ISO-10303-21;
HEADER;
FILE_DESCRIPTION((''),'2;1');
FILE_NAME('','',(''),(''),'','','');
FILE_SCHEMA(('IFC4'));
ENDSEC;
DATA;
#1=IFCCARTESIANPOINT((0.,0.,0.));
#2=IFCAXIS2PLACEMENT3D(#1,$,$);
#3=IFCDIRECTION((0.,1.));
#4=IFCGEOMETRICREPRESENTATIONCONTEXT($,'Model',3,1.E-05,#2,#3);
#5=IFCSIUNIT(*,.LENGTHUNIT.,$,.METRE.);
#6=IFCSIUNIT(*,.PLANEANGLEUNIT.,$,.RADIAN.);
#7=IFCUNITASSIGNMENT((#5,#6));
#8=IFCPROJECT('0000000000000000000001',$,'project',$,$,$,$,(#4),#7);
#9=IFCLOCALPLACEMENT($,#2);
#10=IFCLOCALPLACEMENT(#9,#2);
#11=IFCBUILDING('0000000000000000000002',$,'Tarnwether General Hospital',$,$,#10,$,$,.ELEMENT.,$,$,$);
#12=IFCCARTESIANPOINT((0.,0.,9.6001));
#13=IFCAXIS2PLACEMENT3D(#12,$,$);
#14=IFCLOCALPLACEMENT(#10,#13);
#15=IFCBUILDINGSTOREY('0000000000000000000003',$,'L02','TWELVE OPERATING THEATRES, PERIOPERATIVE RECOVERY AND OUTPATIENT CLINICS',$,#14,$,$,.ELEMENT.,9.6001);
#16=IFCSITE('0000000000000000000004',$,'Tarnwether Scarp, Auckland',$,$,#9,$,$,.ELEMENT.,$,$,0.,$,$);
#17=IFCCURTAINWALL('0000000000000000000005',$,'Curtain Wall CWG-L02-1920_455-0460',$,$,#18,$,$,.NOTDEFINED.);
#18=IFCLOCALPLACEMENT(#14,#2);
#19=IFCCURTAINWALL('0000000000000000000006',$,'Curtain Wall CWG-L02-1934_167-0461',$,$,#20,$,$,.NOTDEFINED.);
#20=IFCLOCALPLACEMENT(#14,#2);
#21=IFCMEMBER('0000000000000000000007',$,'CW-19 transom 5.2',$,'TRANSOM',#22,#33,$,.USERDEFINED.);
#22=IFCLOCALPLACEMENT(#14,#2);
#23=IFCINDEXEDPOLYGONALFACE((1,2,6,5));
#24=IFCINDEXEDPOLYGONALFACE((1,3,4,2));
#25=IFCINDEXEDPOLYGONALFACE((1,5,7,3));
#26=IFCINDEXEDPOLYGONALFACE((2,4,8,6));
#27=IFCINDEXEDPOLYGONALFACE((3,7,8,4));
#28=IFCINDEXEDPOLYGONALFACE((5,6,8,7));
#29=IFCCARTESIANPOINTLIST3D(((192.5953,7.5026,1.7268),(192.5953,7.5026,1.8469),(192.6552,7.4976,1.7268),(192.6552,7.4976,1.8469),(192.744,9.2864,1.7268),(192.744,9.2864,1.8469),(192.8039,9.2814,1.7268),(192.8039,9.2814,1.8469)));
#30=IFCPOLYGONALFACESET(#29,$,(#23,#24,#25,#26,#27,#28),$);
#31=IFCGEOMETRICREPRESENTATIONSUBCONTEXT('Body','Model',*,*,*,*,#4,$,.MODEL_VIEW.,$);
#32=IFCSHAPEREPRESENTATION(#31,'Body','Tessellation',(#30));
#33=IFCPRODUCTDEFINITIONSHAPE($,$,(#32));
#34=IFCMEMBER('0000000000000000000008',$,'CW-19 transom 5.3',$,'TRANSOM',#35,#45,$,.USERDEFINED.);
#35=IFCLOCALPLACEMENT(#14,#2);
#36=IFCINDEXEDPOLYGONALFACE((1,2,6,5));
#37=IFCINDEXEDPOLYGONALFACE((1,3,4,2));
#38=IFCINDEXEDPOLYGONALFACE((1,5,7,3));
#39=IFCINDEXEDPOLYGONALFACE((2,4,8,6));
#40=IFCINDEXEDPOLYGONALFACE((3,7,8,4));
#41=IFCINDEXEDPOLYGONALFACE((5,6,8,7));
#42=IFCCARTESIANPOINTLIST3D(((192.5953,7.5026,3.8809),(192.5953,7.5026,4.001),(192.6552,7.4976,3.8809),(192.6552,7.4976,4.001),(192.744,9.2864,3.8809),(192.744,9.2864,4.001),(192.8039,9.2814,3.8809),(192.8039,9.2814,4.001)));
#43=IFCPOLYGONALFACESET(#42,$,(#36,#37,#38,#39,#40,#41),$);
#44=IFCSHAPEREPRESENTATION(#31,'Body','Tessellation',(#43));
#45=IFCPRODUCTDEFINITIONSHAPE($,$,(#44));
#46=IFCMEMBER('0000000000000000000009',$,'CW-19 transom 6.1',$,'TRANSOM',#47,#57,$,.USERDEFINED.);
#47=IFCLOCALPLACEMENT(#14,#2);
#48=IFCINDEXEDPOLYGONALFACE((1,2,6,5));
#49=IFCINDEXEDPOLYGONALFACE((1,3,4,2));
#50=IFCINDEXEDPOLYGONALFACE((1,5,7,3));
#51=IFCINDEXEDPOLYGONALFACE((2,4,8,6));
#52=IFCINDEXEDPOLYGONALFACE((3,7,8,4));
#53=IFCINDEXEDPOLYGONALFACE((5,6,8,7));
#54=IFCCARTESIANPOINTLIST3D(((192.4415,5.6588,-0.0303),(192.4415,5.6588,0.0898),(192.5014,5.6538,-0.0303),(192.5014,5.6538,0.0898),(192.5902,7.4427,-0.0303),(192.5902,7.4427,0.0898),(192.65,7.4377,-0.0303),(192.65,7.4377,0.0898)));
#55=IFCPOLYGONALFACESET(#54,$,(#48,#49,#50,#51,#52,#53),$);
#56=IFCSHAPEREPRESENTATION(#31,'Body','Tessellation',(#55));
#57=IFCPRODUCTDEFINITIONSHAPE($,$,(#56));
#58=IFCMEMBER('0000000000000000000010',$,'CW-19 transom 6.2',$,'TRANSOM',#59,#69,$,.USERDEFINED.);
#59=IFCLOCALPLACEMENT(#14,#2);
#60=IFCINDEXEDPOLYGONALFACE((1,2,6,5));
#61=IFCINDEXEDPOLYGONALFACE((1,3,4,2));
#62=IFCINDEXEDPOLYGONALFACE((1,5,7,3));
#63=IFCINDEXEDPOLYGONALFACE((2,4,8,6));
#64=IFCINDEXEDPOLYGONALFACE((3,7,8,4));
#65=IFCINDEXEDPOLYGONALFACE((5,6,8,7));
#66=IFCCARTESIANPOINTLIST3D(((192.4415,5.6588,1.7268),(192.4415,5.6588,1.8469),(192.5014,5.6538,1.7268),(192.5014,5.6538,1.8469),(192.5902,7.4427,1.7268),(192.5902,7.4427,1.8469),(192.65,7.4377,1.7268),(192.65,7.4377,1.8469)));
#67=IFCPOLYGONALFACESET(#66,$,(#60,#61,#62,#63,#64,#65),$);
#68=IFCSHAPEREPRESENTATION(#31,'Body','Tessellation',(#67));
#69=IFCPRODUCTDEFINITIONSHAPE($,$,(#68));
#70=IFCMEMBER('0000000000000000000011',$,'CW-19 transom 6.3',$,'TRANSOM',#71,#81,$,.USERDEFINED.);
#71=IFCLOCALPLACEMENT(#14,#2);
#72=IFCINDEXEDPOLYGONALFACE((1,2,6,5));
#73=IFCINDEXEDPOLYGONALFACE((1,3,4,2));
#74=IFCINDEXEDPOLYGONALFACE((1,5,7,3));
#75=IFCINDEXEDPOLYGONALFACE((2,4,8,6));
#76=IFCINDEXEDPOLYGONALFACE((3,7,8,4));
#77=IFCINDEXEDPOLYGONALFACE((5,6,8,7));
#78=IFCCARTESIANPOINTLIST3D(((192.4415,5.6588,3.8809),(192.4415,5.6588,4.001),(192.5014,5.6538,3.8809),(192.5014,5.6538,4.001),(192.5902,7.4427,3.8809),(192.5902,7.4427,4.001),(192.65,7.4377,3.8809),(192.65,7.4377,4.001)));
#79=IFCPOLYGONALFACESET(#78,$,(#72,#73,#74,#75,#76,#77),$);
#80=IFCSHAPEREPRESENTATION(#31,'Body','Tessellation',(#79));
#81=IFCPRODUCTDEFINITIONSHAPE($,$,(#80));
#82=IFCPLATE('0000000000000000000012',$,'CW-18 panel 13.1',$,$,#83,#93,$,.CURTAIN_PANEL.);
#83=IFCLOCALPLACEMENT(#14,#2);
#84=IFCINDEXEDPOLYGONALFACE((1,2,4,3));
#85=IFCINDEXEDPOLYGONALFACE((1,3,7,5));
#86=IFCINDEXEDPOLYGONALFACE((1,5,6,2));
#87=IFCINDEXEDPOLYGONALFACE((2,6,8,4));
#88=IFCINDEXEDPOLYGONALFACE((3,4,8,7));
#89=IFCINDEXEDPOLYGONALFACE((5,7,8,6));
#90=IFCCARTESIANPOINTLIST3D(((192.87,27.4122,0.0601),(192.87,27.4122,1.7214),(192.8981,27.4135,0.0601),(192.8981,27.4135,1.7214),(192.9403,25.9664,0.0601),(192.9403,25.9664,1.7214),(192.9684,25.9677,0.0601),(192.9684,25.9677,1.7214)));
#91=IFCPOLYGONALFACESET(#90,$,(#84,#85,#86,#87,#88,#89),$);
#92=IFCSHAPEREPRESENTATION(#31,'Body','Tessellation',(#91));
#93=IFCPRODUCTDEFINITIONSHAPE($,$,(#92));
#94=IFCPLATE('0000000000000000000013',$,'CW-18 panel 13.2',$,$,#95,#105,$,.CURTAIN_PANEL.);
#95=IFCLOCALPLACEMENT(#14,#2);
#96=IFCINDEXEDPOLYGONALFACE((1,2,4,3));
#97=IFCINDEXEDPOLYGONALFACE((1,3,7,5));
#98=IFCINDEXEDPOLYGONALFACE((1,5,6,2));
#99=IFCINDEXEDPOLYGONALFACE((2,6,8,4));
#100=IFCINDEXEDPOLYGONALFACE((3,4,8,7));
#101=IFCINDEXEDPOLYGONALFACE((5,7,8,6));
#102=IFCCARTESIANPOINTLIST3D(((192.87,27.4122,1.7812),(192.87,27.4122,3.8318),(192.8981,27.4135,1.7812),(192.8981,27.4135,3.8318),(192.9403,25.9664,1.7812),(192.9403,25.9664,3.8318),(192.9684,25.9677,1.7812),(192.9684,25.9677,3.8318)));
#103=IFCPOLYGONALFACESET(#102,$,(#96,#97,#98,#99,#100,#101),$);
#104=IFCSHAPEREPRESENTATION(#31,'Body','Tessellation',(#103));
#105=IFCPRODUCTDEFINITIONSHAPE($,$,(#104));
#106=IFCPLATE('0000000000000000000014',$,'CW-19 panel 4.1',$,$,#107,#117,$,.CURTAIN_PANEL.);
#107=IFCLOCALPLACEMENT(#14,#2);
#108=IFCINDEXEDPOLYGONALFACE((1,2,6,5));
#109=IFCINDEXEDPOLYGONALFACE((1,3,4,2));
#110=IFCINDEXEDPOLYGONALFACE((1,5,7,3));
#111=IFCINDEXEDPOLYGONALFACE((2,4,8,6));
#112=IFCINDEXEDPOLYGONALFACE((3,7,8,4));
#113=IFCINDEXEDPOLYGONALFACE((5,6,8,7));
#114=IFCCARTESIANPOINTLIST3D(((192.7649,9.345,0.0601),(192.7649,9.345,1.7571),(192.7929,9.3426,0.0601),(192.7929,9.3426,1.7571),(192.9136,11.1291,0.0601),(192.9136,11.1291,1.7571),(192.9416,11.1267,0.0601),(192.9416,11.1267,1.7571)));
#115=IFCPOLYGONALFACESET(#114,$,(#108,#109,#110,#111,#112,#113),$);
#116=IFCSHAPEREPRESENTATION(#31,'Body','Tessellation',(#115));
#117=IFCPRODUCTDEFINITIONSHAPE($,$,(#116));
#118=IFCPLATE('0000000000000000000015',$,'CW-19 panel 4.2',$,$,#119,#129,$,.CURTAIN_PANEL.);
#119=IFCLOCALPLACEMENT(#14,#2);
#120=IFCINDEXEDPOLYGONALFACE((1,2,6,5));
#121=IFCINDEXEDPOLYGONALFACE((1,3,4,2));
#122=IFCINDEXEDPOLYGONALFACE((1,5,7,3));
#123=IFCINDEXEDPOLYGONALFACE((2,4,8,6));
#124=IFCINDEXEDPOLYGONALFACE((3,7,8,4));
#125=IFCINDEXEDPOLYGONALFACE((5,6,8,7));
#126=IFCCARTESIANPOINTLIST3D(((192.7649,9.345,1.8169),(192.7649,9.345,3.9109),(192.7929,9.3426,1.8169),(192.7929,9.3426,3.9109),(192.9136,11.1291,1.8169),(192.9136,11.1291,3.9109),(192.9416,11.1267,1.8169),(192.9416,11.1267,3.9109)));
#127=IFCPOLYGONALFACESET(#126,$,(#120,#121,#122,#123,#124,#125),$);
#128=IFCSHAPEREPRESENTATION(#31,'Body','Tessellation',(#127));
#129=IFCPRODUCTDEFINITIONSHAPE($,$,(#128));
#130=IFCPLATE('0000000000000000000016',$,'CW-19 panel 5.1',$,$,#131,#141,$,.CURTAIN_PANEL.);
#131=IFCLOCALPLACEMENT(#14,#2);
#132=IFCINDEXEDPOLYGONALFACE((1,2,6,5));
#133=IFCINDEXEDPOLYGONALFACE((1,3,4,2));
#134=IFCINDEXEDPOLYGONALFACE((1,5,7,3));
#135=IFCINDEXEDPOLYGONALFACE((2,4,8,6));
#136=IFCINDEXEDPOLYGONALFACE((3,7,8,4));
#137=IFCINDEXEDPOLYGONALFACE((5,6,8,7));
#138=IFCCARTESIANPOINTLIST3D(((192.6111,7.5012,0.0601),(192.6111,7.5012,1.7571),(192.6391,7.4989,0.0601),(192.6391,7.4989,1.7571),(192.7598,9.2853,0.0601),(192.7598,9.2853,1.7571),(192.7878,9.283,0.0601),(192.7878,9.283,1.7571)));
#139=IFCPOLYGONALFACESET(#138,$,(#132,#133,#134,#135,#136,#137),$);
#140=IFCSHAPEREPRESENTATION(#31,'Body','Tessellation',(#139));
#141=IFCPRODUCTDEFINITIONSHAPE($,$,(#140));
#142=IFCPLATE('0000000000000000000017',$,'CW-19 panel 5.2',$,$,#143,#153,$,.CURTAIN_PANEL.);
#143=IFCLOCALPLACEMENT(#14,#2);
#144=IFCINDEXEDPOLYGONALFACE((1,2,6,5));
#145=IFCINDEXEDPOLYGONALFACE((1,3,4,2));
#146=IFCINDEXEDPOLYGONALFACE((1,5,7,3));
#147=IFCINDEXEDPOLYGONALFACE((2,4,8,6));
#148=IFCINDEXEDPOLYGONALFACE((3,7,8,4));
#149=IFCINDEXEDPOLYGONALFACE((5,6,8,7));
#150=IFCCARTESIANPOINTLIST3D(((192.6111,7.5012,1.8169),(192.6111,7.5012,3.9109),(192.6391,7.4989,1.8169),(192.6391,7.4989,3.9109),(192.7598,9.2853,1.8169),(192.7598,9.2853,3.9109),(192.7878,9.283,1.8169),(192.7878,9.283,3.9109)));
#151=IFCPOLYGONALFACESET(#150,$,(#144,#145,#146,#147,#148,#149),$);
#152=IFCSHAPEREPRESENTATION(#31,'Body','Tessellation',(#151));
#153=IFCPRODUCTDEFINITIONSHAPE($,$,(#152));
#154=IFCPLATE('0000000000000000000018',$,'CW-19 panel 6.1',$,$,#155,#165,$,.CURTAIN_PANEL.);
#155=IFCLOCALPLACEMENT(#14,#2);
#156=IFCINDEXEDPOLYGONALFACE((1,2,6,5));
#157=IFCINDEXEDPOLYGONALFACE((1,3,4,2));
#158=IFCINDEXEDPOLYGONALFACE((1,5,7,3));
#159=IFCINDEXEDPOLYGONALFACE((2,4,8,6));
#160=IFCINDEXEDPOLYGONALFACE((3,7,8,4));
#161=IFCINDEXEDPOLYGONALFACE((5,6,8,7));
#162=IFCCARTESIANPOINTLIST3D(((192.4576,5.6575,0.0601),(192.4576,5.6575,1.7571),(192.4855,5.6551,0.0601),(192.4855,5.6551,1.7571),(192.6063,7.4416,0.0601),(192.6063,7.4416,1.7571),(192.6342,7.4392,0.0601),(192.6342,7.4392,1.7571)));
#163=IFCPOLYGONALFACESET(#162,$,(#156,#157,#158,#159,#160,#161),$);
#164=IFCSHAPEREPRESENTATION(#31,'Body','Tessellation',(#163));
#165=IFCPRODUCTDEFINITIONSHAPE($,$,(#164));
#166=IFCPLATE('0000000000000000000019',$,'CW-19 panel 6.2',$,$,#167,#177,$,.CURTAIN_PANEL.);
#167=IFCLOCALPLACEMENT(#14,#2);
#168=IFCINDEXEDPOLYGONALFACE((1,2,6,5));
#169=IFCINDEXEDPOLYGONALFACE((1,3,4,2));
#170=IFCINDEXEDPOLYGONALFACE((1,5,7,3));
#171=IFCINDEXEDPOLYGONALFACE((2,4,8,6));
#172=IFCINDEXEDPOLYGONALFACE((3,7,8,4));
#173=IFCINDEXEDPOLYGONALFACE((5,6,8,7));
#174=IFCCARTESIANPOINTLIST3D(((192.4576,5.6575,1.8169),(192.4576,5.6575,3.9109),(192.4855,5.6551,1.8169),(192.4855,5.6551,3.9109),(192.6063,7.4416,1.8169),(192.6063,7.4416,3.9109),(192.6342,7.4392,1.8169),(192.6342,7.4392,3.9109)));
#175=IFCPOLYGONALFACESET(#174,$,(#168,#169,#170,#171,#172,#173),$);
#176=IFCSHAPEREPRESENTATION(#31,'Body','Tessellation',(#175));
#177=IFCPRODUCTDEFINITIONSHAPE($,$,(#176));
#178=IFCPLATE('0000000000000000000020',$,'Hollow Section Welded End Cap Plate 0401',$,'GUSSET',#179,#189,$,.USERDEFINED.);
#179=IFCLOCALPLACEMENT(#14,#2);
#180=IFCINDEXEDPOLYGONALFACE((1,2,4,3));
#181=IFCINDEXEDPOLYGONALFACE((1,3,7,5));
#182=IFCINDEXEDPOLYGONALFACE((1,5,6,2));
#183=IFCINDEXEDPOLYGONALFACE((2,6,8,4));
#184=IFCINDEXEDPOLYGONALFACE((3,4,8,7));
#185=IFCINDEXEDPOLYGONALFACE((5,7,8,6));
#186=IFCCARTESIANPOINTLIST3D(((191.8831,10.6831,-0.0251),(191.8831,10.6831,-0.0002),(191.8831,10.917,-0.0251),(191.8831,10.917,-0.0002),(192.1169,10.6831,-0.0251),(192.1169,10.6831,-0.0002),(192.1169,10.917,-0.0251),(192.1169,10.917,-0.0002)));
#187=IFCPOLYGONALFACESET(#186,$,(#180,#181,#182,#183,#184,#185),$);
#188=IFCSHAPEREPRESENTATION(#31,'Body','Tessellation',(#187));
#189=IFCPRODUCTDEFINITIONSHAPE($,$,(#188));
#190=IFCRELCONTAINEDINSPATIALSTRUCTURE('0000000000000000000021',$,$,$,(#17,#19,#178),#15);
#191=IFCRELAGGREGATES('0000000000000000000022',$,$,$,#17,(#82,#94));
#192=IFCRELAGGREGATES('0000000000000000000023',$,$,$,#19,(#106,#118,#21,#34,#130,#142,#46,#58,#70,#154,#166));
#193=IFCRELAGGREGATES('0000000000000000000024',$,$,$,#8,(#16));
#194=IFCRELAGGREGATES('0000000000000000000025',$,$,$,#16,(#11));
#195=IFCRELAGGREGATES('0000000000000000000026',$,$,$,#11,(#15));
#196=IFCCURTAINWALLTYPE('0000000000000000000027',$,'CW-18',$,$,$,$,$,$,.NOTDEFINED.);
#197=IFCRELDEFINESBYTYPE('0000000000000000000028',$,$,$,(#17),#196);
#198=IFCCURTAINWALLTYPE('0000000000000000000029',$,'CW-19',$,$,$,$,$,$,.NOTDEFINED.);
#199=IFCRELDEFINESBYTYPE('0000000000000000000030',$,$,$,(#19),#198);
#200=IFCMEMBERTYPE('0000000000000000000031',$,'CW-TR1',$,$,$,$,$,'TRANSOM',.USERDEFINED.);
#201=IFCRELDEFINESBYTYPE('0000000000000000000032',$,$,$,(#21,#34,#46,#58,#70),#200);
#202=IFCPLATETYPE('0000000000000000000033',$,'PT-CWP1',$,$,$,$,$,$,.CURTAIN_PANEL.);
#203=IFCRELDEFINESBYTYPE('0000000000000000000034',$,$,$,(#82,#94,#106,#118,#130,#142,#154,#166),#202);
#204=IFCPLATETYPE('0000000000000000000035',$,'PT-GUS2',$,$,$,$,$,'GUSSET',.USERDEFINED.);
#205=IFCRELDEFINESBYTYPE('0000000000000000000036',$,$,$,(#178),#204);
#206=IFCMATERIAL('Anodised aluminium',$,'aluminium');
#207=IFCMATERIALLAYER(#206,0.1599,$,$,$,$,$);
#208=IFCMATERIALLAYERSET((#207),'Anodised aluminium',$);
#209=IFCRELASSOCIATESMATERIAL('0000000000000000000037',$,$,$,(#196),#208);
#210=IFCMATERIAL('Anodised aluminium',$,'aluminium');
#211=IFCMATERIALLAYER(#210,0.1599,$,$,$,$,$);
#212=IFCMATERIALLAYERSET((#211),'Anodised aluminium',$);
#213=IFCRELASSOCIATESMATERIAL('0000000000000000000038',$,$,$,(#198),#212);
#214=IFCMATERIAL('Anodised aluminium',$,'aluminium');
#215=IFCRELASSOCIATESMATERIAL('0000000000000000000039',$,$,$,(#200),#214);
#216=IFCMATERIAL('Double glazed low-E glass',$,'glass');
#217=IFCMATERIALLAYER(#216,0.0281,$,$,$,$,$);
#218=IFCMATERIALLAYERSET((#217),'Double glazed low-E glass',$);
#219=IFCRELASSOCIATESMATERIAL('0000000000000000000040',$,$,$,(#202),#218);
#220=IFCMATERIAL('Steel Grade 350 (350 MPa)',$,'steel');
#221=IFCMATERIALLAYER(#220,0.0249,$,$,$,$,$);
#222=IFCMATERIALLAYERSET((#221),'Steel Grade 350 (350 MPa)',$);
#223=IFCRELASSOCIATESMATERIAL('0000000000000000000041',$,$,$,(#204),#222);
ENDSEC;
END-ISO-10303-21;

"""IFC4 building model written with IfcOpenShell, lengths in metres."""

from ifc_helpers import new_model, si_unit, direction, frame, origin, origin_2d, place, context, subcontext, project, spatial, rectangle, extrude, material, layer, layer_set, material_profile, profile_set, type_object, element, aggregate, save


model = new_model("IFC4")

# Units and contexts
model_context = context("Model", 3, precision=1e-05, world=origin(), true_north=direction((0.0, 1.0)))
body_context = subcontext(model_context, "Body", "Model", "MODEL_VIEW")
ifc_project = project(units=[si_unit("LENGTHUNIT", "METRE"), si_unit("PLANEANGLEUNIT", "RADIAN")], contexts=[model_context])

# Site, building, storey
site_placement = place(None, origin())
site = spatial("IfcSite", under=ifc_project, at=site_placement, Name="Tarnwether Scarp, Auckland", CompositionType="ELEMENT", RefElevation=0.0)
building_placement = place(site_placement, origin())
building = spatial("IfcBuilding", under=site, at=building_placement, Name="Tarnwether General Hospital", CompositionType="ELEMENT")
storey_placement = place(building_placement, frame((0.0, 0.0, 9.6001)))
storey = spatial("IfcBuildingStorey", under=building, at=storey_placement, Name="L02", Description="TWELVE OPERATING THEATRES, PERIOPERATIVE RECOVERY AND OUTPATIENT CLINICS", CompositionType="ELEMENT", Elevation=9.6001)

# Curtain wall
ifc_material_1 = material(Name="Anodised aluminium", Category="aluminium")
ifc_layer_1 = layer(ifc_material_1, 0.1599)
ifc_layer_set_1 = layer_set([ifc_layer_1], Name="Anodised aluminium")
curtain_wall_type_1 = type_object("IfcCurtainWallType", Name="CW-18", PredefinedType="NOTDEFINED", material=ifc_layer_set_1)
curtain_wall_1_placement = place(storey_placement, origin())
curtain_wall_1 = element("IfcCurtainWall", 1, at=curtain_wall_1_placement, inside=storey, type_object=curtain_wall_type_1, Name="Curtain Wall CWG-L02-1920_455-0460", PredefinedType="NOTDEFINED")

# Curtain wall
ifc_material_2 = material(Name="Anodised aluminium", Category="aluminium")
ifc_layer_2 = layer(ifc_material_2, 0.1599)
ifc_layer_set_2 = layer_set([ifc_layer_2], Name="Anodised aluminium")
curtain_wall_type_2 = type_object("IfcCurtainWallType", Name="CW-19", PredefinedType="NOTDEFINED", material=ifc_layer_set_2)
curtain_wall_2_placement = place(storey_placement, origin())
curtain_wall_2 = element("IfcCurtainWall", 2, at=curtain_wall_2_placement, inside=storey, type_object=curtain_wall_type_2, Name="Curtain Wall CWG-L02-1934_167-0461", PredefinedType="NOTDEFINED")

# Members
ifc_material_3 = material(Name="Anodised aluminium", Category="aluminium")
ifc_material_profile_1 = material_profile(ifc_material_3, rectangle(XDim=0.0601, YDim=0.1201, at=origin_2d()), Name="ALU-TRN-60x120")
ifc_profile_set_1 = profile_set([ifc_material_profile_1], Name="Anodised aluminium")
member_type_1 = type_object("IfcMemberType", Name="CW-TR1", ElementType="TRANSOM", PredefinedType="USERDEFINED", material=ifc_profile_set_1)
member_1_placement = place(storey_placement, frame((192.7739, 9.2839, 1.7869), z_axis=(-0.083057, -0.996545, 0.0), x_axis=(0.996545, -0.083057, 0.0)))
member_1 = element("IfcMember", 3, at=member_1_placement, type_object=member_type_1, Name="CW-19 transom 5.2", ObjectType="TRANSOM", PredefinedType="USERDEFINED", context=body_context, shape_type="SweptSolid", body=[
    extrude(rectangle(XDim=0.0601, YDim=0.1201, at=origin_2d()), origin(), (0.0, 0.0, 1.0), 1.79),
])
member_2_placement = place(storey_placement, frame((192.7739, 9.2839, 3.9409), z_axis=(-0.083057, -0.996545, 0.0), x_axis=(0.996545, -0.083057, 0.0)))
member_2 = element("IfcMember", 4, at=member_2_placement, type_object=member_type_1, Name="CW-19 transom 5.3", ObjectType="TRANSOM", PredefinedType="USERDEFINED", context=body_context, shape_type="SweptSolid", body=[
    extrude(rectangle(XDim=0.0601, YDim=0.1201, at=origin_2d()), origin(), (0.0, 0.0, 1.0), 1.79),
])
member_3_placement = place(storey_placement, frame((192.6201, 7.4402, 0.0298), z_axis=(-0.083057, -0.996545, 0.0), x_axis=(0.996545, -0.083057, 0.0)))
member_3 = element("IfcMember", 5, at=member_3_placement, type_object=member_type_1, Name="CW-19 transom 6.1", ObjectType="TRANSOM", PredefinedType="USERDEFINED", context=body_context, shape_type="SweptSolid", body=[
    extrude(rectangle(XDim=0.0601, YDim=0.1201, at=origin_2d()), origin(), (0.0, 0.0, 1.0), 1.79),
])
member_4_placement = place(storey_placement, frame((192.6201, 7.4402, 1.7869), z_axis=(-0.083057, -0.996545, 0.0), x_axis=(0.996545, -0.083057, 0.0)))
member_4 = element("IfcMember", 6, at=member_4_placement, type_object=member_type_1, Name="CW-19 transom 6.2", ObjectType="TRANSOM", PredefinedType="USERDEFINED", context=body_context, shape_type="SweptSolid", body=[
    extrude(rectangle(XDim=0.0601, YDim=0.1201, at=origin_2d()), origin(), (0.0, 0.0, 1.0), 1.79),
])
member_5_placement = place(storey_placement, frame((192.6201, 7.4402, 3.9409), z_axis=(-0.083057, -0.996545, 0.0), x_axis=(0.996545, -0.083057, 0.0)))
member_5 = element("IfcMember", 7, at=member_5_placement, type_object=member_type_1, Name="CW-19 transom 6.3", ObjectType="TRANSOM", PredefinedType="USERDEFINED", context=body_context, shape_type="SweptSolid", body=[
    extrude(rectangle(XDim=0.0601, YDim=0.1201, at=origin_2d()), origin(), (0.0, 0.0, 1.0), 1.79),
])

# Plates
ifc_material_4 = material(Name="Double glazed low-E glass", Category="glass")
ifc_layer_3 = layer(ifc_material_4, 0.0281)
ifc_layer_set_3 = layer_set([ifc_layer_3], Name="Double glazed low-E glass")
plate_type_1 = type_object("IfcPlateType", Name="PT-CWP1", PredefinedType="CURTAIN_PANEL", material=ifc_layer_set_3)
plate_1_placement = place(storey_placement, frame((192.9192, 26.6899, 0.0601), z_axis=(0.0, 0.0, 1.0), x_axis=(0.04856, -0.99882, 0.0)))
plate_1 = element("IfcPlate", 8, at=plate_1_placement, type_object=plate_type_1, Name="CW-18 panel 13.1", PredefinedType="CURTAIN_PANEL", context=body_context, shape_type="SweptSolid", body=[
    extrude(rectangle(XDim=1.4475, YDim=0.0281, at=origin_2d()), origin(), (0.0, 0.0, 1.0), 1.6614),
])
plate_2_placement = place(storey_placement, frame((192.9192, 26.6899, 1.7812), z_axis=(0.0, 0.0, 1.0), x_axis=(0.04856, -0.99882, 0.0)))
plate_2 = element("IfcPlate", 9, at=plate_2_placement, type_object=plate_type_1, Name="CW-18 panel 13.2", PredefinedType="CURTAIN_PANEL", context=body_context, shape_type="SweptSolid", body=[
    extrude(rectangle(XDim=1.4475, YDim=0.0281, at=origin_2d()), origin(), (0.0, 0.0, 1.0), 2.0505),
])
aggregate(curtain_wall_1, [plate_1, plate_2])
plate_3_placement = place(storey_placement, frame((192.8533, 10.2358, 0.0601), z_axis=(0.0, 0.0, 1.0), x_axis=(-0.083055, -0.996545, 0.0)))
plate_3 = element("IfcPlate", 10, at=plate_3_placement, type_object=plate_type_1, Name="CW-19 panel 4.1", PredefinedType="CURTAIN_PANEL", context=body_context, shape_type="SweptSolid", body=[
    extrude(rectangle(XDim=1.7903, YDim=0.0281, at=origin_2d()), origin(), (0.0, 0.0, 1.0), 1.697),
])
plate_4_placement = place(storey_placement, frame((192.8533, 10.2358, 1.8169), z_axis=(0.0, 0.0, 1.0), x_axis=(-0.083055, -0.996545, 0.0)))
plate_4 = element("IfcPlate", 11, at=plate_4_placement, type_object=plate_type_1, Name="CW-19 panel 4.2", PredefinedType="CURTAIN_PANEL", context=body_context, shape_type="SweptSolid", body=[
    extrude(rectangle(XDim=1.7903, YDim=0.0281, at=origin_2d()), origin(), (0.0, 0.0, 1.0), 2.094),
])
plate_5_placement = place(storey_placement, frame((192.6995, 8.3921, 0.0601), z_axis=(0.0, 0.0, 1.0), x_axis=(-0.083055, -0.996545, 0.0)))
plate_5 = element("IfcPlate", 12, at=plate_5_placement, type_object=plate_type_1, Name="CW-19 panel 5.1", PredefinedType="CURTAIN_PANEL", context=body_context, shape_type="SweptSolid", body=[
    extrude(rectangle(XDim=1.7903, YDim=0.0281, at=origin_2d()), origin(), (0.0, 0.0, 1.0), 1.697),
])
plate_6_placement = place(storey_placement, frame((192.6995, 8.3921, 1.8169), z_axis=(0.0, 0.0, 1.0), x_axis=(-0.083055, -0.996545, 0.0)))
plate_6 = element("IfcPlate", 13, at=plate_6_placement, type_object=plate_type_1, Name="CW-19 panel 5.2", PredefinedType="CURTAIN_PANEL", context=body_context, shape_type="SweptSolid", body=[
    extrude(rectangle(XDim=1.7903, YDim=0.0281, at=origin_2d()), origin(), (0.0, 0.0, 1.0), 2.094),
])
plate_7_placement = place(storey_placement, frame((192.5459, 6.5483, 0.0601), z_axis=(0.0, 0.0, 1.0), x_axis=(-0.083055, -0.996545, 0.0)))
plate_7 = element("IfcPlate", 14, at=plate_7_placement, type_object=plate_type_1, Name="CW-19 panel 6.1", PredefinedType="CURTAIN_PANEL", context=body_context, shape_type="SweptSolid", body=[
    extrude(rectangle(XDim=1.7903, YDim=0.0281, at=origin_2d()), origin(), (0.0, 0.0, 1.0), 1.697),
])
plate_8_placement = place(storey_placement, frame((192.5459, 6.5483, 1.8169), z_axis=(0.0, 0.0, 1.0), x_axis=(-0.083055, -0.996545, 0.0)))
plate_8 = element("IfcPlate", 15, at=plate_8_placement, type_object=plate_type_1, Name="CW-19 panel 6.2", PredefinedType="CURTAIN_PANEL", context=body_context, shape_type="SweptSolid", body=[
    extrude(rectangle(XDim=1.7903, YDim=0.0281, at=origin_2d()), origin(), (0.0, 0.0, 1.0), 2.094),
])
aggregate(curtain_wall_2, [plate_3, plate_4, member_1, member_2, plate_5, plate_6, member_3, member_4, member_5, plate_7, plate_8])

# Plate
ifc_material_5 = material(Name="Steel Grade 350 (350 MPa)", Category="steel")
ifc_layer_4 = layer(ifc_material_5, 0.0249)
ifc_layer_set_4 = layer_set([ifc_layer_4], Name="Steel Grade 350 (350 MPa)")
plate_type_2 = type_object("IfcPlateType", Name="PT-GUS2", ElementType="GUSSET", PredefinedType="USERDEFINED", material=ifc_layer_set_4)
for number, where, z_axis, x_axis, name in (
    (16, (192.0, 10.8, -0.0251), (0.0, 0.0, 1.0), (1.0, 0.0, 0.0), "Hollow Section Welded End Cap Plate 0401"),
):
    element("IfcPlate", number, at=place(storey_placement, frame(where, z_axis=z_axis, x_axis=x_axis)), inside=storey, type_object=plate_type_2, Name=name, ObjectType="GUSSET", PredefinedType="USERDEFINED", context=body_context, shape_type="SweptSolid", body=[
        extrude(rectangle(XDim=0.2339, YDim=0.2339, at=origin_2d()), origin(), (0.0, 0.0, 1.0), 0.0249),
    ])

save(model, "model.ifc")
